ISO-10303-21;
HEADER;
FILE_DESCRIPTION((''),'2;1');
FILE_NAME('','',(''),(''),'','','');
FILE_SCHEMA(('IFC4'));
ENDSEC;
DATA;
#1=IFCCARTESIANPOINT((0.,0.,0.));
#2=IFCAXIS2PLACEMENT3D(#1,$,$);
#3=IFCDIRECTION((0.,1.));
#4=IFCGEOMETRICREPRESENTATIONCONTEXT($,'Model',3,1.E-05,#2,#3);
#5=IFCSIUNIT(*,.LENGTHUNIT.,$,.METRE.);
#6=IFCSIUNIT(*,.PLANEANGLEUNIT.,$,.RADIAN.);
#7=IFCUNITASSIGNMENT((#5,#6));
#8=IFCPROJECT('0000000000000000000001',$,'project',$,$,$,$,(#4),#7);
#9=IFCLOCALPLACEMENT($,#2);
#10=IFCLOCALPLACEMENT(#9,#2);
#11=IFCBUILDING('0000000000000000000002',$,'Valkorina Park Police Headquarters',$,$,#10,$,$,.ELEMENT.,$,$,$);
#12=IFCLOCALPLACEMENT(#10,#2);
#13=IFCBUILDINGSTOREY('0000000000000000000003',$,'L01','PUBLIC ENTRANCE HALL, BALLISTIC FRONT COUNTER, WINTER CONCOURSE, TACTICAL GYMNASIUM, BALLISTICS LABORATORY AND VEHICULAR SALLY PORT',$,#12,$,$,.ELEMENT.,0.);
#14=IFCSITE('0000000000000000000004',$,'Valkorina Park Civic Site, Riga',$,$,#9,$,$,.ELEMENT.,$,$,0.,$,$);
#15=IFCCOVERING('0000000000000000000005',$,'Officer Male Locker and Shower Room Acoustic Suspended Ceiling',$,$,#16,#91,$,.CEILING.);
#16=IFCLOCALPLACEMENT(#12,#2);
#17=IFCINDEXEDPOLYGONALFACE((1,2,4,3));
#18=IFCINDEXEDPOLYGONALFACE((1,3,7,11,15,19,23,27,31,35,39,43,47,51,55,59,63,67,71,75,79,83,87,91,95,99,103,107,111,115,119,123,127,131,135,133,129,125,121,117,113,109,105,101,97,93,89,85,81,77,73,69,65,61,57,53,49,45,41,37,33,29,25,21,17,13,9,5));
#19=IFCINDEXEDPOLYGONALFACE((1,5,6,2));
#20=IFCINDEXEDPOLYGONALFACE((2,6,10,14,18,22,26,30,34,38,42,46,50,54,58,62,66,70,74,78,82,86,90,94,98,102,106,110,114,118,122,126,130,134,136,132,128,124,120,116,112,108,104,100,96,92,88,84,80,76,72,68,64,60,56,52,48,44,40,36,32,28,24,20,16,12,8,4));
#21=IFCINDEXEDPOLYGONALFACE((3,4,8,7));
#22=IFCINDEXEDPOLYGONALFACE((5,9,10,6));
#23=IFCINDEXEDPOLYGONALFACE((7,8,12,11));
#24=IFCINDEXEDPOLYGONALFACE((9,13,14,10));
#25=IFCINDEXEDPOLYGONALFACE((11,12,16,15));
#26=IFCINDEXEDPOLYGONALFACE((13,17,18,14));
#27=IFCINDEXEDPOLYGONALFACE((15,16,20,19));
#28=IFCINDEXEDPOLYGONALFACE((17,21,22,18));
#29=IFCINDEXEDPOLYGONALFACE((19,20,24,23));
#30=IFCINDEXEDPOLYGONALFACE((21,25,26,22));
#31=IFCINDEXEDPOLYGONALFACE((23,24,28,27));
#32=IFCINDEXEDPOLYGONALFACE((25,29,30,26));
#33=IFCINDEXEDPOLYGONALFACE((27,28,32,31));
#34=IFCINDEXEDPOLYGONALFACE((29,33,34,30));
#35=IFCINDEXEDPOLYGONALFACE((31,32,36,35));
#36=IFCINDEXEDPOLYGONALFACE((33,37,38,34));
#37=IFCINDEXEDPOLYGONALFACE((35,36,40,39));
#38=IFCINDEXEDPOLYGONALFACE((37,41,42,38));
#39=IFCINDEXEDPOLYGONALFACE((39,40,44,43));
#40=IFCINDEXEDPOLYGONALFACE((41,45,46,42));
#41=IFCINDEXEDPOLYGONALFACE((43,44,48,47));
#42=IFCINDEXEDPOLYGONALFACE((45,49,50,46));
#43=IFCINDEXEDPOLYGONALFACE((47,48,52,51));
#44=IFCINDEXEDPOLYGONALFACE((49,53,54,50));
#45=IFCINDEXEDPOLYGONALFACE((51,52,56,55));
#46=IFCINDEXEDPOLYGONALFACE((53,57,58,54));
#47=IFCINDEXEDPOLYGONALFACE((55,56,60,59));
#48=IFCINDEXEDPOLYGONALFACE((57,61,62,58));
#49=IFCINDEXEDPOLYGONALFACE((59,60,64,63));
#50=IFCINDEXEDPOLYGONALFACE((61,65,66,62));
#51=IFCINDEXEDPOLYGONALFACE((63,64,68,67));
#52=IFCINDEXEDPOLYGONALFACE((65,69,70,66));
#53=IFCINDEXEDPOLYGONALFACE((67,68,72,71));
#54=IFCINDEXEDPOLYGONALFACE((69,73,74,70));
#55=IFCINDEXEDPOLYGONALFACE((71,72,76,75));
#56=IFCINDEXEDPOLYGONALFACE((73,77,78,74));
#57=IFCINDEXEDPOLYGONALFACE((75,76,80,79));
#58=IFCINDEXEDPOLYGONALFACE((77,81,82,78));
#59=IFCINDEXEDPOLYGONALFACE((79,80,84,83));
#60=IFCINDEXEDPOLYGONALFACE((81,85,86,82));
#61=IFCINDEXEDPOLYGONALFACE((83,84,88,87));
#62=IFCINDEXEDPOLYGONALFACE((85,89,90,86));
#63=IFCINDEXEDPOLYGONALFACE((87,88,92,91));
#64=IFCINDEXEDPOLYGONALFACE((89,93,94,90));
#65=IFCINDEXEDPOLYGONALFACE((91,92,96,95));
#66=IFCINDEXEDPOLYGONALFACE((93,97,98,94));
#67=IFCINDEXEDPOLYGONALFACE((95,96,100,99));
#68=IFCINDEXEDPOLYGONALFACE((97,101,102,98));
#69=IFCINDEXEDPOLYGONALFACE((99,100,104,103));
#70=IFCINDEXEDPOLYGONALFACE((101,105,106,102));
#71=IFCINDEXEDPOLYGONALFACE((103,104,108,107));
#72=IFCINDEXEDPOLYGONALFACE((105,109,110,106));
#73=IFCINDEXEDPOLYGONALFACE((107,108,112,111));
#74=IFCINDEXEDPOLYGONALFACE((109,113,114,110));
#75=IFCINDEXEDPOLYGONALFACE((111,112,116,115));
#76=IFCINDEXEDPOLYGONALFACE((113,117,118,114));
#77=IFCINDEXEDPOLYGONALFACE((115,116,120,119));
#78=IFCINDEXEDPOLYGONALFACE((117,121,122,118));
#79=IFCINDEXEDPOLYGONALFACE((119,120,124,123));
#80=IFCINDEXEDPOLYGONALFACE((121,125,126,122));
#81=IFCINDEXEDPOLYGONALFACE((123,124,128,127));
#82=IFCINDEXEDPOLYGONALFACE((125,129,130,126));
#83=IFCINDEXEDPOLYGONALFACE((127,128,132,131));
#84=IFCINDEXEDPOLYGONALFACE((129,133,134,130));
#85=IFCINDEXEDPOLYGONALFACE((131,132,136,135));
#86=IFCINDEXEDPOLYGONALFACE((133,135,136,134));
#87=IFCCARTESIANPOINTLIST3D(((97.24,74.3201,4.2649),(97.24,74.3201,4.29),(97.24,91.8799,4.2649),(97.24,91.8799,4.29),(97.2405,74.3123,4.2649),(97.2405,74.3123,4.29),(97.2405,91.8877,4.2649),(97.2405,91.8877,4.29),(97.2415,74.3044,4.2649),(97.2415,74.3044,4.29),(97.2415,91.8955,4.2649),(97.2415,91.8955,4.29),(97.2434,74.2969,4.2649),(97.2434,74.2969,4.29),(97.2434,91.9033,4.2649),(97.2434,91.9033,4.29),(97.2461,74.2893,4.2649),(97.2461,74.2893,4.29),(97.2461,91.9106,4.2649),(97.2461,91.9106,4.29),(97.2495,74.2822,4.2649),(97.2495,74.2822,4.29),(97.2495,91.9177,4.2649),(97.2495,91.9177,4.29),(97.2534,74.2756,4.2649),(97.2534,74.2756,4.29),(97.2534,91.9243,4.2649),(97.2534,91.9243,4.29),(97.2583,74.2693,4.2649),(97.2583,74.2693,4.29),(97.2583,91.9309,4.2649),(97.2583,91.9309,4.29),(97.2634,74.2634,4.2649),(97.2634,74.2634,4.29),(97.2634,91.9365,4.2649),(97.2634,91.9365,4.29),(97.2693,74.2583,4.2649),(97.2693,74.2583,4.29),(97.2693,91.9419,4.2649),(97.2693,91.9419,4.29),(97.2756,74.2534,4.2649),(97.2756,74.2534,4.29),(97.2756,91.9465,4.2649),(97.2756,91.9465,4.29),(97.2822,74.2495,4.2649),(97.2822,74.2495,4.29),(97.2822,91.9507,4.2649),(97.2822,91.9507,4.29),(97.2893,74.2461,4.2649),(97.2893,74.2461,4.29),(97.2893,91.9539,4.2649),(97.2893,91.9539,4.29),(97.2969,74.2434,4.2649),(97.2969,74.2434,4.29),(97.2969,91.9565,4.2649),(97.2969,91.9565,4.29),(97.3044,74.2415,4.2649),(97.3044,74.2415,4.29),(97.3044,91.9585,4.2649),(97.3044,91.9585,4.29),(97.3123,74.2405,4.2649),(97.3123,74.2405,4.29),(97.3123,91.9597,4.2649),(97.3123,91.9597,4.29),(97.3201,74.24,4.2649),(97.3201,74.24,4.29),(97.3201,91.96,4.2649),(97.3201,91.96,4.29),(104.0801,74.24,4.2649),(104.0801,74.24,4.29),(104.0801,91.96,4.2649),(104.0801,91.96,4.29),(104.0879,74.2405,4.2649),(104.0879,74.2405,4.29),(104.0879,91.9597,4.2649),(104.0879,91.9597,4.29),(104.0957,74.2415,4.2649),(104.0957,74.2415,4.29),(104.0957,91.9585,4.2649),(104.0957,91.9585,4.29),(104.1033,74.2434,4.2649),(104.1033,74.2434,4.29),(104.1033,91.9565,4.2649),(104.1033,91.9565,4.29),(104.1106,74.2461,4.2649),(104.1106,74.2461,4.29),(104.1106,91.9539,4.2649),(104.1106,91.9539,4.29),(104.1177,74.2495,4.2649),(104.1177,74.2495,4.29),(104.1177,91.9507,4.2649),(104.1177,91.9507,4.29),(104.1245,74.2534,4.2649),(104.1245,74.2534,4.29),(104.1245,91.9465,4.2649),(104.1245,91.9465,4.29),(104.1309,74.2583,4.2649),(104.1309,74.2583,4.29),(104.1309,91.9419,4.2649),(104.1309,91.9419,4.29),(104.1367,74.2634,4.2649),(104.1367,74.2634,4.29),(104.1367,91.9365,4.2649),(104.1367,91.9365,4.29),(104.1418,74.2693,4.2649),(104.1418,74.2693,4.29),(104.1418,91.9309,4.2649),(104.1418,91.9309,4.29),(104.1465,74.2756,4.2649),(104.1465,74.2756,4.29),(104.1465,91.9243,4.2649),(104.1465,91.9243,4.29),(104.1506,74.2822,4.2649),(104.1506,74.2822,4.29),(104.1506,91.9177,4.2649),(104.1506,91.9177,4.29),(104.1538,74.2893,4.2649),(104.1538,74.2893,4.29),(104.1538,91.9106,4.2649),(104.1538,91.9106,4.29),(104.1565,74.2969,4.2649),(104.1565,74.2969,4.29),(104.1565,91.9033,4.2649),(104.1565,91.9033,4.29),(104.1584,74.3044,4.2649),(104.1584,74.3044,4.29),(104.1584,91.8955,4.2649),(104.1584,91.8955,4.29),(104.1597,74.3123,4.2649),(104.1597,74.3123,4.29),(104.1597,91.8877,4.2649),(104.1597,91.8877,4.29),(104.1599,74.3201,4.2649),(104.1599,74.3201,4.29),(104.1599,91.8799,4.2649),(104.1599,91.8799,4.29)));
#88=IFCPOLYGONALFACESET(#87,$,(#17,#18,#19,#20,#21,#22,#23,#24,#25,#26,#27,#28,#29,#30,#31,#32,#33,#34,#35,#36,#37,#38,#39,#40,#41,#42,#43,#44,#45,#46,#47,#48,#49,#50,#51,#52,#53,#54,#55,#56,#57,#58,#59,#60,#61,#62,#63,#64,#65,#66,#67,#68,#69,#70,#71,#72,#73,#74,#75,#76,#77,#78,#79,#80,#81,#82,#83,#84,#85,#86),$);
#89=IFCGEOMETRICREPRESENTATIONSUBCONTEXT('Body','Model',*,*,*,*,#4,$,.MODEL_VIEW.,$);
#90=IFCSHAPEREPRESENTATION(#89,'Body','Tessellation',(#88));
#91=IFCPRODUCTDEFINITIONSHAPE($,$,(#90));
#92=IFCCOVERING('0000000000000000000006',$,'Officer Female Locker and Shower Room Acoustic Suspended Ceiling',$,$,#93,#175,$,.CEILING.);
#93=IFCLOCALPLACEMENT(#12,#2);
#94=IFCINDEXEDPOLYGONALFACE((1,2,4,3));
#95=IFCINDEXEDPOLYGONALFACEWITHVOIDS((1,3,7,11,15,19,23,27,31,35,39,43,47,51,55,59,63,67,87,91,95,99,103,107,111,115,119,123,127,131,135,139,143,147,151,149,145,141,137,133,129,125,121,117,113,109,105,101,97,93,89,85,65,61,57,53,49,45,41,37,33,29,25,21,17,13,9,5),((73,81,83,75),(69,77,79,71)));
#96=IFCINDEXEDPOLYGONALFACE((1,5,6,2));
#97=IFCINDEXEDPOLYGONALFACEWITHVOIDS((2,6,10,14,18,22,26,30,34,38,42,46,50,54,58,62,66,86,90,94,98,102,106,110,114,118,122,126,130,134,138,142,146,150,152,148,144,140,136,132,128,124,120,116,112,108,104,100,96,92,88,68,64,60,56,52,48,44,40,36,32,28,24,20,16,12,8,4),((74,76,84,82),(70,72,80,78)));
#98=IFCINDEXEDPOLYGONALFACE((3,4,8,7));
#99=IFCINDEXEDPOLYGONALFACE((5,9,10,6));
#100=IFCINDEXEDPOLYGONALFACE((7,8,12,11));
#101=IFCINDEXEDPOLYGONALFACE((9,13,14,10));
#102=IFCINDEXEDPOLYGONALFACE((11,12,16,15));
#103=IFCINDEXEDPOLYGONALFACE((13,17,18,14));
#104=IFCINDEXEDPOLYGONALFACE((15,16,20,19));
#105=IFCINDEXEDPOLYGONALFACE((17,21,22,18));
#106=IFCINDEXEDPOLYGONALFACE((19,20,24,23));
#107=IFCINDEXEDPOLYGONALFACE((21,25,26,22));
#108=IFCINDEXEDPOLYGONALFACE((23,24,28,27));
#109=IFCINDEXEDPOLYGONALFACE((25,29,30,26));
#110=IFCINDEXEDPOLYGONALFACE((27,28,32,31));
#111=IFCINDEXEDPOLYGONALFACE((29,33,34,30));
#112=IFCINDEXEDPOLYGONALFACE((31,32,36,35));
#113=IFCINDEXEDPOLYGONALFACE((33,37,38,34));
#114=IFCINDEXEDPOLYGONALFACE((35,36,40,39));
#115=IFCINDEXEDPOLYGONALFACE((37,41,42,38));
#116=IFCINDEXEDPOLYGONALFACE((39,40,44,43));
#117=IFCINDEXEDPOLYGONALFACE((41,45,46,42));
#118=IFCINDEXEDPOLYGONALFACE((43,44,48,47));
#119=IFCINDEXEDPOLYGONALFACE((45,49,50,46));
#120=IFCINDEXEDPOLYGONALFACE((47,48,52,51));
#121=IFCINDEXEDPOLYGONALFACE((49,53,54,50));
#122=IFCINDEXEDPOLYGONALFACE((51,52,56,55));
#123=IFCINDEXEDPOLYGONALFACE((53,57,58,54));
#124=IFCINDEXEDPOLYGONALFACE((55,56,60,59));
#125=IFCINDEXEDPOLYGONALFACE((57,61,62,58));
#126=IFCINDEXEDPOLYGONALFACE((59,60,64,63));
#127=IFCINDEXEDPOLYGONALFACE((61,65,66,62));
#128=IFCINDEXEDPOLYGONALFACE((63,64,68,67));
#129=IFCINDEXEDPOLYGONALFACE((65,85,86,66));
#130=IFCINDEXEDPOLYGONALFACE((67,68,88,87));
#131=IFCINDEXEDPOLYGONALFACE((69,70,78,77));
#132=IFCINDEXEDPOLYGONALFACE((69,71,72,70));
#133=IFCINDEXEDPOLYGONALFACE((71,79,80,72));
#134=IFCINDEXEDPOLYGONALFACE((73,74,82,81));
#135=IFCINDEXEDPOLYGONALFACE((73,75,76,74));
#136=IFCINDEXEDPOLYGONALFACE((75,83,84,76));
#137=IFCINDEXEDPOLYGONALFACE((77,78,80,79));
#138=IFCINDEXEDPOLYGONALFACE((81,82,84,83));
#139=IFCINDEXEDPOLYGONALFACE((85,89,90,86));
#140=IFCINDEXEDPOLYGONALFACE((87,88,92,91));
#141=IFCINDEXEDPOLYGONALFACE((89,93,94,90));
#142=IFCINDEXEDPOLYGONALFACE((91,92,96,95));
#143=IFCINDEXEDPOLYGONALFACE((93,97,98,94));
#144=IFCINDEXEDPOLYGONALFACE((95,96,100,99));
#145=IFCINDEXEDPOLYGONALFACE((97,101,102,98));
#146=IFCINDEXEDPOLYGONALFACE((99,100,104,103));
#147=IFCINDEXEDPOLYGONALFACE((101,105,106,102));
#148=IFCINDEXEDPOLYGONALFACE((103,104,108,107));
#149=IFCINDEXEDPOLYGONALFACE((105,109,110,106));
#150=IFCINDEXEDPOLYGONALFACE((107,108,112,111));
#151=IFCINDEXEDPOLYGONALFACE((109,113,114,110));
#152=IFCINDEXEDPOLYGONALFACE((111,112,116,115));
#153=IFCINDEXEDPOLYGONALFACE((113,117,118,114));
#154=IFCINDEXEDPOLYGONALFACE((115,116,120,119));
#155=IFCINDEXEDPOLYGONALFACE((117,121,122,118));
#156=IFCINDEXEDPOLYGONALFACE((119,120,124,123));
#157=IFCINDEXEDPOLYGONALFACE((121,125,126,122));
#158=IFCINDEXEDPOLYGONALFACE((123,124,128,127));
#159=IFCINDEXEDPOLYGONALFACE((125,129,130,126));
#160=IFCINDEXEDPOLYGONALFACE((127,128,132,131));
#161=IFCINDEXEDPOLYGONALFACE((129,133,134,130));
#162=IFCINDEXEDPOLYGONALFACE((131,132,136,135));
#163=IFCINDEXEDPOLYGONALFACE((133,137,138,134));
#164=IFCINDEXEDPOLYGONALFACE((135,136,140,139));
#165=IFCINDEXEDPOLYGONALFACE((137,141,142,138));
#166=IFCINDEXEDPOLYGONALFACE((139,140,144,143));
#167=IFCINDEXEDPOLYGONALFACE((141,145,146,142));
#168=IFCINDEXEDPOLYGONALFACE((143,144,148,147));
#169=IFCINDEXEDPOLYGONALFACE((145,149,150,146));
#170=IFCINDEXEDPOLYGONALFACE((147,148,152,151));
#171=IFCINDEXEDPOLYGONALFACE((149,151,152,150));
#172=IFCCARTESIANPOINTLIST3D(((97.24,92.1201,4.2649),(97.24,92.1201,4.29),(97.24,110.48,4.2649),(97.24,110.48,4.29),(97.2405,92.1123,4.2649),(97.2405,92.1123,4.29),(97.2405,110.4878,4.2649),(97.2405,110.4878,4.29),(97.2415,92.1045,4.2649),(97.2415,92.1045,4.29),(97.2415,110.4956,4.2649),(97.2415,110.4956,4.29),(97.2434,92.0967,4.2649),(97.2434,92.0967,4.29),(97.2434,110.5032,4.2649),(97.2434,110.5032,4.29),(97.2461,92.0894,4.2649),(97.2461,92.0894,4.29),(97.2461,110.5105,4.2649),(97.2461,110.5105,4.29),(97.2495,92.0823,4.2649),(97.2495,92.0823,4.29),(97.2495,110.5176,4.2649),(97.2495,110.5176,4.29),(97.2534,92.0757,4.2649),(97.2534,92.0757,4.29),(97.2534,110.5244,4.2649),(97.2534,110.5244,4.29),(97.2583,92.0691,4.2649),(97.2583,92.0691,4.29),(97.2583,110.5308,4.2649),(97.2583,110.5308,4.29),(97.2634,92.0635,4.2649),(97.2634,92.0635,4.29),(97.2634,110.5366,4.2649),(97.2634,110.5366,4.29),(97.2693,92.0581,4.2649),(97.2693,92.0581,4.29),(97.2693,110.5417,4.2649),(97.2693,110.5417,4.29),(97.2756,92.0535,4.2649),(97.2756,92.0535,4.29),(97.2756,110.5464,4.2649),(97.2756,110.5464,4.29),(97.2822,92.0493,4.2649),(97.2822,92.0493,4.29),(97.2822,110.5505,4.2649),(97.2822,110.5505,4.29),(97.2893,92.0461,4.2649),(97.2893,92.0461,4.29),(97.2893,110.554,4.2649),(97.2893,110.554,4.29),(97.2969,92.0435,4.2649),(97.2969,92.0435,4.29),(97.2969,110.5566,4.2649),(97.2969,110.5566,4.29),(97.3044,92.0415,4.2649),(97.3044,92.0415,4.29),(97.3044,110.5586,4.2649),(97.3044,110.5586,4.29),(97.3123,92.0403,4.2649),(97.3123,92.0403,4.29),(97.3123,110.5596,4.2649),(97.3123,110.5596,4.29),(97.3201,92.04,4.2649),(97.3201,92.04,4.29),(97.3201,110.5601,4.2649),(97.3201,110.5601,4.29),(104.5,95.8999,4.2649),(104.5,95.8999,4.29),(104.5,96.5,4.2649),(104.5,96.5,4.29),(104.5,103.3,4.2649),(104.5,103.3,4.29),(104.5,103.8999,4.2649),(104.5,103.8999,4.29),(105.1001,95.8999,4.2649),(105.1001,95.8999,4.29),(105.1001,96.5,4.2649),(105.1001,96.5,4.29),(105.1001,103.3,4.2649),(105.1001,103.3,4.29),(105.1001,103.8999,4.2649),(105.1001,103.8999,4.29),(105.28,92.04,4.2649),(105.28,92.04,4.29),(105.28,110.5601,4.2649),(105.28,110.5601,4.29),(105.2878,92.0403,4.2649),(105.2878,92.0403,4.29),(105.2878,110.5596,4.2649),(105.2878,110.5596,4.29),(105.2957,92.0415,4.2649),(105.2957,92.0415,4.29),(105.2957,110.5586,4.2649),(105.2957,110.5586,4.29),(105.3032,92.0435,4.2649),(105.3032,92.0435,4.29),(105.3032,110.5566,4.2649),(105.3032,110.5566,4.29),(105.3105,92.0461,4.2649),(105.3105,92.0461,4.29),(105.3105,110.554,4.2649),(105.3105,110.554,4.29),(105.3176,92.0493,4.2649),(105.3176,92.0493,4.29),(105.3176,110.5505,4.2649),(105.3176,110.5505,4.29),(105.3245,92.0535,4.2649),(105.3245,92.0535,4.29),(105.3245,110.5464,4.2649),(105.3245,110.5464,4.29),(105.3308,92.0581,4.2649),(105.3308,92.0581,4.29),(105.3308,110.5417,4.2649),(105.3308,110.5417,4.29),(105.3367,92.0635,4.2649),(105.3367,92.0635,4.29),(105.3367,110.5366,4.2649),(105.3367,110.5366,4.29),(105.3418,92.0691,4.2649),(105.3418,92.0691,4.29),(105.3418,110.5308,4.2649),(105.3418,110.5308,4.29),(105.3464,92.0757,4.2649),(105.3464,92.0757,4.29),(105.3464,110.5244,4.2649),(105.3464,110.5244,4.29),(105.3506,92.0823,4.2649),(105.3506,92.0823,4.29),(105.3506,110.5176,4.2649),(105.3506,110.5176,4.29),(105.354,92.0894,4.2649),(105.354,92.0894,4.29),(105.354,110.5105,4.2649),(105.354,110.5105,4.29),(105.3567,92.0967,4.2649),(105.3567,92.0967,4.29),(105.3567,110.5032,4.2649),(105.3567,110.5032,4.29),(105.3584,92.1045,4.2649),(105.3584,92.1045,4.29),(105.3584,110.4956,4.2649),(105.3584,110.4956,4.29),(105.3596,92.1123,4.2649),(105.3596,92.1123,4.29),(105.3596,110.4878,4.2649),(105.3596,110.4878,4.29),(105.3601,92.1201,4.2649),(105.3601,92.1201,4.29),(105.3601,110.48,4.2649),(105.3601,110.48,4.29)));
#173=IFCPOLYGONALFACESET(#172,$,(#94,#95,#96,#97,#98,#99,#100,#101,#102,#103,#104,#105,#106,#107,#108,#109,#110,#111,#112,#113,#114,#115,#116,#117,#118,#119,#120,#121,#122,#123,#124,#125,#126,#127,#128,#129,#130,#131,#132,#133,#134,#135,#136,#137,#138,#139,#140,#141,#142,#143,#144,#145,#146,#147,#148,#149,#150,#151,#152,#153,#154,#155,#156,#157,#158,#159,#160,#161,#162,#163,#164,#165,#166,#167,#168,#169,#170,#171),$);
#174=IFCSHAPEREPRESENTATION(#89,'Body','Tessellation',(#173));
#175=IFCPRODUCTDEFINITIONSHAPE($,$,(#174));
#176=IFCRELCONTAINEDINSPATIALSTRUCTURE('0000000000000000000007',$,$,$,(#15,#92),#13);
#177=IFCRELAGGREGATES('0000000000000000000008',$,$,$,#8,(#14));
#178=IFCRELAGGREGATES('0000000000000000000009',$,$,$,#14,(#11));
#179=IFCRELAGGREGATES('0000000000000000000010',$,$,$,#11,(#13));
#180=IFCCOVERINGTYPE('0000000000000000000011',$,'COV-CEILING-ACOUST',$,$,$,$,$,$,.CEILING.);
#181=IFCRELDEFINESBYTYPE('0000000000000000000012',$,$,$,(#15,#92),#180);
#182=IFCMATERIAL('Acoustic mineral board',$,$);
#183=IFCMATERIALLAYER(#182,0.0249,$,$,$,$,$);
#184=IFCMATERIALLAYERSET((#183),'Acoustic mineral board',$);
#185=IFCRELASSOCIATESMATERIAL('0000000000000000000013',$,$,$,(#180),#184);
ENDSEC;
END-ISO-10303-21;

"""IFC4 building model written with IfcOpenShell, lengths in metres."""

from ifc_helpers import new_model, si_unit, direction, frame, origin, place, context, subcontext, project, spatial, polyline, outline, extrude, material, layer, layer_set, type_object, element, save


model = new_model("IFC4")

# Units and contexts
model_context = context("Model", 3, precision=1e-05, world=origin(), true_north=direction((0.0, 1.0)))
body_context = subcontext(model_context, "Body", "Model", "MODEL_VIEW")
ifc_project = project(units=[si_unit("LENGTHUNIT", "METRE"), si_unit("PLANEANGLEUNIT", "RADIAN")], contexts=[model_context])

# Site, building, storey
site_placement = place(None, origin())
site = spatial("IfcSite", under=ifc_project, at=site_placement, Name="Valkorina Park Civic Site, Riga", CompositionType="ELEMENT", RefElevation=0.0)
building_placement = place(site_placement, origin())
building = spatial("IfcBuilding", under=site, at=building_placement, Name="Valkorina Park Police Headquarters", CompositionType="ELEMENT")
storey_placement = place(building_placement, origin())
storey = spatial("IfcBuildingStorey", under=building, at=storey_placement, Name="L01", Description="PUBLIC ENTRANCE HALL, BALLISTIC FRONT COUNTER, WINTER CONCOURSE, TACTICAL GYMNASIUM, BALLISTICS LABORATORY AND VEHICULAR SALLY PORT", CompositionType="ELEMENT", Elevation=0.0)

# Coverings
ifc_material_1 = material(Name="Acoustic mineral board")
ifc_layer_1 = layer(ifc_material_1, 0.0249)
ifc_layer_set_1 = layer_set([ifc_layer_1], Name="Acoustic mineral board")
covering_type_1 = type_object("IfcCoveringType", Name="COV-CEILING-ACOUST", PredefinedType="CEILING", material=ifc_layer_set_1)
covering_1_placement = place(storey_placement, frame((0.0, 0.0, 4.2649)))
element("IfcCovering", 1, at=covering_1_placement, inside=storey, type_object=covering_type_1, Name="Officer Male Locker and Shower Room Acoustic Suspended Ceiling", PredefinedType="CEILING", context=body_context, shape_type="SweptSolid", body=[
    extrude(outline(polyline([(104.1584, 74.3044), (104.1597, 74.3123), (104.1599, 74.3201), (104.1599, 91.8799), (104.1597, 91.8877), (104.1584, 91.8955), (104.1565, 91.9033), (104.1538, 91.9106), (104.1506, 91.9177), (104.1465, 91.9243), (104.1418, 91.9309), (104.1367, 91.9365), (104.1309, 91.9419), (104.1245, 91.9465), (104.1177, 91.9507), (104.1106, 91.9539), (104.1033, 91.9565), (104.0957, 91.9585), (104.0879, 91.9597), (104.0801, 91.96), (97.3201, 91.96), (97.3123, 91.9597), (97.3044, 91.9585), (97.2969, 91.9565), (97.2893, 91.9539), (97.2822, 91.9507), (97.2756, 91.9465), (97.2693, 91.9419), (97.2634, 91.9365), (97.2583, 91.9309), (97.2534, 91.9243), (97.2495, 91.9177), (97.2461, 91.9106), (97.2434, 91.9033), (97.2415, 91.8955), (97.2405, 91.8877), (97.24, 91.8799), (97.24, 74.3201), (97.2405, 74.3123), (97.2415, 74.3044), (97.2434, 74.2969), (97.2461, 74.2893), (97.2495, 74.2822), (97.2534, 74.2756), (97.2583, 74.2693), (97.2634, 74.2634), (97.2693, 74.2583), (97.2756, 74.2534), (97.2822, 74.2495), (97.2893, 74.2461), (97.2969, 74.2434), (97.3044, 74.2415), (97.3123, 74.2405), (97.3201, 74.24), (104.0801, 74.24), (104.0879, 74.2405), (104.0957, 74.2415), (104.1033, 74.2434), (104.1106, 74.2461), (104.1177, 74.2495), (104.1245, 74.2534), (104.1309, 74.2583), (104.1367, 74.2634), (104.1418, 74.2693), (104.1465, 74.2756), (104.1506, 74.2822), (104.1538, 74.2893), (104.1565, 74.2969), (104.1584, 74.3044)])), origin(), (0.0, 0.0, 1.0), 0.0251),
])
covering_2_placement = place(storey_placement, frame((0.0, 0.0, 4.2649)))
element("IfcCovering", 2, at=covering_2_placement, inside=storey, type_object=covering_type_1, Name="Officer Female Locker and Shower Room Acoustic Suspended Ceiling", PredefinedType="CEILING", context=body_context, shape_type="SweptSolid", body=[
    extrude(outline(polyline([(105.3584, 92.1045), (105.3596, 92.1123), (105.3601, 92.1201), (105.3601, 110.48), (105.3596, 110.4878), (105.3584, 110.4956), (105.3567, 110.5032), (105.354, 110.5105), (105.3506, 110.5176), (105.3464, 110.5244), (105.3418, 110.5308), (105.3367, 110.5366), (105.3308, 110.5417), (105.3245, 110.5464), (105.3176, 110.5505), (105.3105, 110.554), (105.3032, 110.5566), (105.2957, 110.5586), (105.2878, 110.5596), (105.28, 110.5601), (97.3201, 110.5601), (97.3123, 110.5596), (97.3044, 110.5586), (97.2969, 110.5566), (97.2893, 110.554), (97.2822, 110.5505), (97.2756, 110.5464), (97.2693, 110.5417), (97.2634, 110.5366), (97.2583, 110.5308), (97.2534, 110.5244), (97.2495, 110.5176), (97.2461, 110.5105), (97.2434, 110.5032), (97.2415, 110.4956), (97.2405, 110.4878), (97.24, 110.48), (97.24, 92.1201), (97.2405, 92.1123), (97.2415, 92.1045), (97.2434, 92.0967), (97.2461, 92.0894), (97.2495, 92.0823), (97.2534, 92.0757), (97.2583, 92.0691), (97.2634, 92.0635), (97.2693, 92.0581), (97.2756, 92.0535), (97.2822, 92.0493), (97.2893, 92.0461), (97.2969, 92.0435), (97.3044, 92.0415), (97.3123, 92.0403), (97.3201, 92.04), (105.28, 92.04), (105.2878, 92.0403), (105.2957, 92.0415), (105.3032, 92.0435), (105.3105, 92.0461), (105.3176, 92.0493), (105.3245, 92.0535), (105.3308, 92.0581), (105.3367, 92.0635), (105.3418, 92.0691), (105.3464, 92.0757), (105.3506, 92.0823), (105.354, 92.0894), (105.3567, 92.0967), (105.3584, 92.1045)]), holes=[polyline([(105.1001, 95.8999), (104.5, 95.8999), (104.5, 96.5), (105.1001, 96.5), (105.1001, 95.8999)]), polyline([(105.1001, 103.3), (104.5, 103.3), (104.5, 103.8999), (105.1001, 103.8999), (105.1001, 103.3)])]), origin(), (0.0, 0.0, 1.0), 0.0251),
])

save(model, "model.ifc")
